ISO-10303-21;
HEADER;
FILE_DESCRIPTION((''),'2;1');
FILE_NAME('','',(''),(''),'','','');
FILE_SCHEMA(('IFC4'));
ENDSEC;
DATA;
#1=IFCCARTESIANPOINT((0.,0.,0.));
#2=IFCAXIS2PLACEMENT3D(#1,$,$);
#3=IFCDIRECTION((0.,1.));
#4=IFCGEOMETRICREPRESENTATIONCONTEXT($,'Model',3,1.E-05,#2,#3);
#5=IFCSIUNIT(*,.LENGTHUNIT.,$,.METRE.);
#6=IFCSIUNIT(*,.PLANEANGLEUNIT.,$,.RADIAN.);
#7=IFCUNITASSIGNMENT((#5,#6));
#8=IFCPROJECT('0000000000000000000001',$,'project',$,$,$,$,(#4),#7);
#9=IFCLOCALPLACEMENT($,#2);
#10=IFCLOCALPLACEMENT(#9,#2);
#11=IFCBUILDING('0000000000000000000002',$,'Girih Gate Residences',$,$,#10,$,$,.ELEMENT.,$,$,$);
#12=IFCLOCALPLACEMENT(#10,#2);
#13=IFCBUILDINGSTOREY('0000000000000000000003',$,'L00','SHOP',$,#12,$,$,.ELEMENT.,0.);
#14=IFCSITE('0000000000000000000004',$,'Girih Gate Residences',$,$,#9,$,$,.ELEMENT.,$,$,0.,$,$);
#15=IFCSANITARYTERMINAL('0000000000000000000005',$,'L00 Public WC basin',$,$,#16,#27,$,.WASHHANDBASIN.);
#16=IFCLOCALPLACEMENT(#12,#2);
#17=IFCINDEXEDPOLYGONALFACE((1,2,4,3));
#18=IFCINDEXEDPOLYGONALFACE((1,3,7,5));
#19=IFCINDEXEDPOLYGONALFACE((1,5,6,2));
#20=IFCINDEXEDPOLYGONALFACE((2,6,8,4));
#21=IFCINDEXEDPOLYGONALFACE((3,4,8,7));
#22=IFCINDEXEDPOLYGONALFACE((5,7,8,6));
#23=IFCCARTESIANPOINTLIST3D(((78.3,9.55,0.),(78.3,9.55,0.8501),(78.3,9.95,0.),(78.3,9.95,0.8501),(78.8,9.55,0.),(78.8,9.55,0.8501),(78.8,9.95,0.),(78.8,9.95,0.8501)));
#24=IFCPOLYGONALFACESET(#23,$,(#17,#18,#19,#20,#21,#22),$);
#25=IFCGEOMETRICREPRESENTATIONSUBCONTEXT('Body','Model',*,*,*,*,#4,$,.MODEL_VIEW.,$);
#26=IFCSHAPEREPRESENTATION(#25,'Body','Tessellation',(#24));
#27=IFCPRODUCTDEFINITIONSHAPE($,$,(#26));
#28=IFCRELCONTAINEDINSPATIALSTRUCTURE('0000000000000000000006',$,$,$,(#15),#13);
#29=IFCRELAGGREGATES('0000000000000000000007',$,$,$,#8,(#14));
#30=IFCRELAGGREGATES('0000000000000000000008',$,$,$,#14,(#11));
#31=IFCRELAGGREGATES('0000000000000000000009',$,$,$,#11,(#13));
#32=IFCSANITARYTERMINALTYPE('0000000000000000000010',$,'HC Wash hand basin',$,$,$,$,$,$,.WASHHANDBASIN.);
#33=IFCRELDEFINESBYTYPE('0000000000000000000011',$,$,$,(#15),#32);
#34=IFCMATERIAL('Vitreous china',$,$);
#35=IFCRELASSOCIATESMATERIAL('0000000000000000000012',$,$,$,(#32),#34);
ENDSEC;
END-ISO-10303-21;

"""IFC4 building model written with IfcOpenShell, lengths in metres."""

from ifc_helpers import new_model, si_unit, direction, frame, origin, origin_2d, place, context, subcontext, project, spatial, rectangle, extrude, material, type_object, element, save


model = new_model("IFC4")

# Units and contexts
model_context = context("Model", 3, precision=1e-05, world=origin(), true_north=direction((0.0, 1.0)))
body_context = subcontext(model_context, "Body", "Model", "MODEL_VIEW")
ifc_project = project(units=[si_unit("LENGTHUNIT", "METRE"), si_unit("PLANEANGLEUNIT", "RADIAN")], contexts=[model_context])

# Site, building, storey
site_placement = place(None, origin())
site = spatial("IfcSite", under=ifc_project, at=site_placement, Name="Girih Gate Residences", CompositionType="ELEMENT", RefElevation=0.0)
building_placement = place(site_placement, origin())
building = spatial("IfcBuilding", under=site, at=building_placement, Name="Girih Gate Residences", CompositionType="ELEMENT")
storey_placement = place(building_placement, origin())
storey = spatial("IfcBuildingStorey", under=building, at=storey_placement, Name="L00", Description="SHOP", CompositionType="ELEMENT", Elevation=0.0)

# Sanitary terminal
ifc_material_1 = material(Name="Vitreous china")
sanitary_terminal_type_1 = type_object("IfcSanitaryTerminalType", Name="HC Wash hand basin", PredefinedType="WASHHANDBASIN", material=ifc_material_1)
sanitary_terminal_placement = place(storey_placement, frame((78.55, 9.75, 0.0), z_axis=(0.0, 0.0, 1.0), x_axis=(1.0, 0.0, 0.0)))
element("IfcSanitaryTerminal", 1, at=sanitary_terminal_placement, inside=storey, type_object=sanitary_terminal_type_1, Name="L00 Public WC basin", PredefinedType="WASHHANDBASIN", context=body_context, shape_type="SweptSolid", body=[
    extrude(rectangle(XDim=0.5, YDim=0.3999, at=origin_2d()), origin(), (0.0, 0.0, 1.0), 0.8501),
])

save(model, "model.ifc")
